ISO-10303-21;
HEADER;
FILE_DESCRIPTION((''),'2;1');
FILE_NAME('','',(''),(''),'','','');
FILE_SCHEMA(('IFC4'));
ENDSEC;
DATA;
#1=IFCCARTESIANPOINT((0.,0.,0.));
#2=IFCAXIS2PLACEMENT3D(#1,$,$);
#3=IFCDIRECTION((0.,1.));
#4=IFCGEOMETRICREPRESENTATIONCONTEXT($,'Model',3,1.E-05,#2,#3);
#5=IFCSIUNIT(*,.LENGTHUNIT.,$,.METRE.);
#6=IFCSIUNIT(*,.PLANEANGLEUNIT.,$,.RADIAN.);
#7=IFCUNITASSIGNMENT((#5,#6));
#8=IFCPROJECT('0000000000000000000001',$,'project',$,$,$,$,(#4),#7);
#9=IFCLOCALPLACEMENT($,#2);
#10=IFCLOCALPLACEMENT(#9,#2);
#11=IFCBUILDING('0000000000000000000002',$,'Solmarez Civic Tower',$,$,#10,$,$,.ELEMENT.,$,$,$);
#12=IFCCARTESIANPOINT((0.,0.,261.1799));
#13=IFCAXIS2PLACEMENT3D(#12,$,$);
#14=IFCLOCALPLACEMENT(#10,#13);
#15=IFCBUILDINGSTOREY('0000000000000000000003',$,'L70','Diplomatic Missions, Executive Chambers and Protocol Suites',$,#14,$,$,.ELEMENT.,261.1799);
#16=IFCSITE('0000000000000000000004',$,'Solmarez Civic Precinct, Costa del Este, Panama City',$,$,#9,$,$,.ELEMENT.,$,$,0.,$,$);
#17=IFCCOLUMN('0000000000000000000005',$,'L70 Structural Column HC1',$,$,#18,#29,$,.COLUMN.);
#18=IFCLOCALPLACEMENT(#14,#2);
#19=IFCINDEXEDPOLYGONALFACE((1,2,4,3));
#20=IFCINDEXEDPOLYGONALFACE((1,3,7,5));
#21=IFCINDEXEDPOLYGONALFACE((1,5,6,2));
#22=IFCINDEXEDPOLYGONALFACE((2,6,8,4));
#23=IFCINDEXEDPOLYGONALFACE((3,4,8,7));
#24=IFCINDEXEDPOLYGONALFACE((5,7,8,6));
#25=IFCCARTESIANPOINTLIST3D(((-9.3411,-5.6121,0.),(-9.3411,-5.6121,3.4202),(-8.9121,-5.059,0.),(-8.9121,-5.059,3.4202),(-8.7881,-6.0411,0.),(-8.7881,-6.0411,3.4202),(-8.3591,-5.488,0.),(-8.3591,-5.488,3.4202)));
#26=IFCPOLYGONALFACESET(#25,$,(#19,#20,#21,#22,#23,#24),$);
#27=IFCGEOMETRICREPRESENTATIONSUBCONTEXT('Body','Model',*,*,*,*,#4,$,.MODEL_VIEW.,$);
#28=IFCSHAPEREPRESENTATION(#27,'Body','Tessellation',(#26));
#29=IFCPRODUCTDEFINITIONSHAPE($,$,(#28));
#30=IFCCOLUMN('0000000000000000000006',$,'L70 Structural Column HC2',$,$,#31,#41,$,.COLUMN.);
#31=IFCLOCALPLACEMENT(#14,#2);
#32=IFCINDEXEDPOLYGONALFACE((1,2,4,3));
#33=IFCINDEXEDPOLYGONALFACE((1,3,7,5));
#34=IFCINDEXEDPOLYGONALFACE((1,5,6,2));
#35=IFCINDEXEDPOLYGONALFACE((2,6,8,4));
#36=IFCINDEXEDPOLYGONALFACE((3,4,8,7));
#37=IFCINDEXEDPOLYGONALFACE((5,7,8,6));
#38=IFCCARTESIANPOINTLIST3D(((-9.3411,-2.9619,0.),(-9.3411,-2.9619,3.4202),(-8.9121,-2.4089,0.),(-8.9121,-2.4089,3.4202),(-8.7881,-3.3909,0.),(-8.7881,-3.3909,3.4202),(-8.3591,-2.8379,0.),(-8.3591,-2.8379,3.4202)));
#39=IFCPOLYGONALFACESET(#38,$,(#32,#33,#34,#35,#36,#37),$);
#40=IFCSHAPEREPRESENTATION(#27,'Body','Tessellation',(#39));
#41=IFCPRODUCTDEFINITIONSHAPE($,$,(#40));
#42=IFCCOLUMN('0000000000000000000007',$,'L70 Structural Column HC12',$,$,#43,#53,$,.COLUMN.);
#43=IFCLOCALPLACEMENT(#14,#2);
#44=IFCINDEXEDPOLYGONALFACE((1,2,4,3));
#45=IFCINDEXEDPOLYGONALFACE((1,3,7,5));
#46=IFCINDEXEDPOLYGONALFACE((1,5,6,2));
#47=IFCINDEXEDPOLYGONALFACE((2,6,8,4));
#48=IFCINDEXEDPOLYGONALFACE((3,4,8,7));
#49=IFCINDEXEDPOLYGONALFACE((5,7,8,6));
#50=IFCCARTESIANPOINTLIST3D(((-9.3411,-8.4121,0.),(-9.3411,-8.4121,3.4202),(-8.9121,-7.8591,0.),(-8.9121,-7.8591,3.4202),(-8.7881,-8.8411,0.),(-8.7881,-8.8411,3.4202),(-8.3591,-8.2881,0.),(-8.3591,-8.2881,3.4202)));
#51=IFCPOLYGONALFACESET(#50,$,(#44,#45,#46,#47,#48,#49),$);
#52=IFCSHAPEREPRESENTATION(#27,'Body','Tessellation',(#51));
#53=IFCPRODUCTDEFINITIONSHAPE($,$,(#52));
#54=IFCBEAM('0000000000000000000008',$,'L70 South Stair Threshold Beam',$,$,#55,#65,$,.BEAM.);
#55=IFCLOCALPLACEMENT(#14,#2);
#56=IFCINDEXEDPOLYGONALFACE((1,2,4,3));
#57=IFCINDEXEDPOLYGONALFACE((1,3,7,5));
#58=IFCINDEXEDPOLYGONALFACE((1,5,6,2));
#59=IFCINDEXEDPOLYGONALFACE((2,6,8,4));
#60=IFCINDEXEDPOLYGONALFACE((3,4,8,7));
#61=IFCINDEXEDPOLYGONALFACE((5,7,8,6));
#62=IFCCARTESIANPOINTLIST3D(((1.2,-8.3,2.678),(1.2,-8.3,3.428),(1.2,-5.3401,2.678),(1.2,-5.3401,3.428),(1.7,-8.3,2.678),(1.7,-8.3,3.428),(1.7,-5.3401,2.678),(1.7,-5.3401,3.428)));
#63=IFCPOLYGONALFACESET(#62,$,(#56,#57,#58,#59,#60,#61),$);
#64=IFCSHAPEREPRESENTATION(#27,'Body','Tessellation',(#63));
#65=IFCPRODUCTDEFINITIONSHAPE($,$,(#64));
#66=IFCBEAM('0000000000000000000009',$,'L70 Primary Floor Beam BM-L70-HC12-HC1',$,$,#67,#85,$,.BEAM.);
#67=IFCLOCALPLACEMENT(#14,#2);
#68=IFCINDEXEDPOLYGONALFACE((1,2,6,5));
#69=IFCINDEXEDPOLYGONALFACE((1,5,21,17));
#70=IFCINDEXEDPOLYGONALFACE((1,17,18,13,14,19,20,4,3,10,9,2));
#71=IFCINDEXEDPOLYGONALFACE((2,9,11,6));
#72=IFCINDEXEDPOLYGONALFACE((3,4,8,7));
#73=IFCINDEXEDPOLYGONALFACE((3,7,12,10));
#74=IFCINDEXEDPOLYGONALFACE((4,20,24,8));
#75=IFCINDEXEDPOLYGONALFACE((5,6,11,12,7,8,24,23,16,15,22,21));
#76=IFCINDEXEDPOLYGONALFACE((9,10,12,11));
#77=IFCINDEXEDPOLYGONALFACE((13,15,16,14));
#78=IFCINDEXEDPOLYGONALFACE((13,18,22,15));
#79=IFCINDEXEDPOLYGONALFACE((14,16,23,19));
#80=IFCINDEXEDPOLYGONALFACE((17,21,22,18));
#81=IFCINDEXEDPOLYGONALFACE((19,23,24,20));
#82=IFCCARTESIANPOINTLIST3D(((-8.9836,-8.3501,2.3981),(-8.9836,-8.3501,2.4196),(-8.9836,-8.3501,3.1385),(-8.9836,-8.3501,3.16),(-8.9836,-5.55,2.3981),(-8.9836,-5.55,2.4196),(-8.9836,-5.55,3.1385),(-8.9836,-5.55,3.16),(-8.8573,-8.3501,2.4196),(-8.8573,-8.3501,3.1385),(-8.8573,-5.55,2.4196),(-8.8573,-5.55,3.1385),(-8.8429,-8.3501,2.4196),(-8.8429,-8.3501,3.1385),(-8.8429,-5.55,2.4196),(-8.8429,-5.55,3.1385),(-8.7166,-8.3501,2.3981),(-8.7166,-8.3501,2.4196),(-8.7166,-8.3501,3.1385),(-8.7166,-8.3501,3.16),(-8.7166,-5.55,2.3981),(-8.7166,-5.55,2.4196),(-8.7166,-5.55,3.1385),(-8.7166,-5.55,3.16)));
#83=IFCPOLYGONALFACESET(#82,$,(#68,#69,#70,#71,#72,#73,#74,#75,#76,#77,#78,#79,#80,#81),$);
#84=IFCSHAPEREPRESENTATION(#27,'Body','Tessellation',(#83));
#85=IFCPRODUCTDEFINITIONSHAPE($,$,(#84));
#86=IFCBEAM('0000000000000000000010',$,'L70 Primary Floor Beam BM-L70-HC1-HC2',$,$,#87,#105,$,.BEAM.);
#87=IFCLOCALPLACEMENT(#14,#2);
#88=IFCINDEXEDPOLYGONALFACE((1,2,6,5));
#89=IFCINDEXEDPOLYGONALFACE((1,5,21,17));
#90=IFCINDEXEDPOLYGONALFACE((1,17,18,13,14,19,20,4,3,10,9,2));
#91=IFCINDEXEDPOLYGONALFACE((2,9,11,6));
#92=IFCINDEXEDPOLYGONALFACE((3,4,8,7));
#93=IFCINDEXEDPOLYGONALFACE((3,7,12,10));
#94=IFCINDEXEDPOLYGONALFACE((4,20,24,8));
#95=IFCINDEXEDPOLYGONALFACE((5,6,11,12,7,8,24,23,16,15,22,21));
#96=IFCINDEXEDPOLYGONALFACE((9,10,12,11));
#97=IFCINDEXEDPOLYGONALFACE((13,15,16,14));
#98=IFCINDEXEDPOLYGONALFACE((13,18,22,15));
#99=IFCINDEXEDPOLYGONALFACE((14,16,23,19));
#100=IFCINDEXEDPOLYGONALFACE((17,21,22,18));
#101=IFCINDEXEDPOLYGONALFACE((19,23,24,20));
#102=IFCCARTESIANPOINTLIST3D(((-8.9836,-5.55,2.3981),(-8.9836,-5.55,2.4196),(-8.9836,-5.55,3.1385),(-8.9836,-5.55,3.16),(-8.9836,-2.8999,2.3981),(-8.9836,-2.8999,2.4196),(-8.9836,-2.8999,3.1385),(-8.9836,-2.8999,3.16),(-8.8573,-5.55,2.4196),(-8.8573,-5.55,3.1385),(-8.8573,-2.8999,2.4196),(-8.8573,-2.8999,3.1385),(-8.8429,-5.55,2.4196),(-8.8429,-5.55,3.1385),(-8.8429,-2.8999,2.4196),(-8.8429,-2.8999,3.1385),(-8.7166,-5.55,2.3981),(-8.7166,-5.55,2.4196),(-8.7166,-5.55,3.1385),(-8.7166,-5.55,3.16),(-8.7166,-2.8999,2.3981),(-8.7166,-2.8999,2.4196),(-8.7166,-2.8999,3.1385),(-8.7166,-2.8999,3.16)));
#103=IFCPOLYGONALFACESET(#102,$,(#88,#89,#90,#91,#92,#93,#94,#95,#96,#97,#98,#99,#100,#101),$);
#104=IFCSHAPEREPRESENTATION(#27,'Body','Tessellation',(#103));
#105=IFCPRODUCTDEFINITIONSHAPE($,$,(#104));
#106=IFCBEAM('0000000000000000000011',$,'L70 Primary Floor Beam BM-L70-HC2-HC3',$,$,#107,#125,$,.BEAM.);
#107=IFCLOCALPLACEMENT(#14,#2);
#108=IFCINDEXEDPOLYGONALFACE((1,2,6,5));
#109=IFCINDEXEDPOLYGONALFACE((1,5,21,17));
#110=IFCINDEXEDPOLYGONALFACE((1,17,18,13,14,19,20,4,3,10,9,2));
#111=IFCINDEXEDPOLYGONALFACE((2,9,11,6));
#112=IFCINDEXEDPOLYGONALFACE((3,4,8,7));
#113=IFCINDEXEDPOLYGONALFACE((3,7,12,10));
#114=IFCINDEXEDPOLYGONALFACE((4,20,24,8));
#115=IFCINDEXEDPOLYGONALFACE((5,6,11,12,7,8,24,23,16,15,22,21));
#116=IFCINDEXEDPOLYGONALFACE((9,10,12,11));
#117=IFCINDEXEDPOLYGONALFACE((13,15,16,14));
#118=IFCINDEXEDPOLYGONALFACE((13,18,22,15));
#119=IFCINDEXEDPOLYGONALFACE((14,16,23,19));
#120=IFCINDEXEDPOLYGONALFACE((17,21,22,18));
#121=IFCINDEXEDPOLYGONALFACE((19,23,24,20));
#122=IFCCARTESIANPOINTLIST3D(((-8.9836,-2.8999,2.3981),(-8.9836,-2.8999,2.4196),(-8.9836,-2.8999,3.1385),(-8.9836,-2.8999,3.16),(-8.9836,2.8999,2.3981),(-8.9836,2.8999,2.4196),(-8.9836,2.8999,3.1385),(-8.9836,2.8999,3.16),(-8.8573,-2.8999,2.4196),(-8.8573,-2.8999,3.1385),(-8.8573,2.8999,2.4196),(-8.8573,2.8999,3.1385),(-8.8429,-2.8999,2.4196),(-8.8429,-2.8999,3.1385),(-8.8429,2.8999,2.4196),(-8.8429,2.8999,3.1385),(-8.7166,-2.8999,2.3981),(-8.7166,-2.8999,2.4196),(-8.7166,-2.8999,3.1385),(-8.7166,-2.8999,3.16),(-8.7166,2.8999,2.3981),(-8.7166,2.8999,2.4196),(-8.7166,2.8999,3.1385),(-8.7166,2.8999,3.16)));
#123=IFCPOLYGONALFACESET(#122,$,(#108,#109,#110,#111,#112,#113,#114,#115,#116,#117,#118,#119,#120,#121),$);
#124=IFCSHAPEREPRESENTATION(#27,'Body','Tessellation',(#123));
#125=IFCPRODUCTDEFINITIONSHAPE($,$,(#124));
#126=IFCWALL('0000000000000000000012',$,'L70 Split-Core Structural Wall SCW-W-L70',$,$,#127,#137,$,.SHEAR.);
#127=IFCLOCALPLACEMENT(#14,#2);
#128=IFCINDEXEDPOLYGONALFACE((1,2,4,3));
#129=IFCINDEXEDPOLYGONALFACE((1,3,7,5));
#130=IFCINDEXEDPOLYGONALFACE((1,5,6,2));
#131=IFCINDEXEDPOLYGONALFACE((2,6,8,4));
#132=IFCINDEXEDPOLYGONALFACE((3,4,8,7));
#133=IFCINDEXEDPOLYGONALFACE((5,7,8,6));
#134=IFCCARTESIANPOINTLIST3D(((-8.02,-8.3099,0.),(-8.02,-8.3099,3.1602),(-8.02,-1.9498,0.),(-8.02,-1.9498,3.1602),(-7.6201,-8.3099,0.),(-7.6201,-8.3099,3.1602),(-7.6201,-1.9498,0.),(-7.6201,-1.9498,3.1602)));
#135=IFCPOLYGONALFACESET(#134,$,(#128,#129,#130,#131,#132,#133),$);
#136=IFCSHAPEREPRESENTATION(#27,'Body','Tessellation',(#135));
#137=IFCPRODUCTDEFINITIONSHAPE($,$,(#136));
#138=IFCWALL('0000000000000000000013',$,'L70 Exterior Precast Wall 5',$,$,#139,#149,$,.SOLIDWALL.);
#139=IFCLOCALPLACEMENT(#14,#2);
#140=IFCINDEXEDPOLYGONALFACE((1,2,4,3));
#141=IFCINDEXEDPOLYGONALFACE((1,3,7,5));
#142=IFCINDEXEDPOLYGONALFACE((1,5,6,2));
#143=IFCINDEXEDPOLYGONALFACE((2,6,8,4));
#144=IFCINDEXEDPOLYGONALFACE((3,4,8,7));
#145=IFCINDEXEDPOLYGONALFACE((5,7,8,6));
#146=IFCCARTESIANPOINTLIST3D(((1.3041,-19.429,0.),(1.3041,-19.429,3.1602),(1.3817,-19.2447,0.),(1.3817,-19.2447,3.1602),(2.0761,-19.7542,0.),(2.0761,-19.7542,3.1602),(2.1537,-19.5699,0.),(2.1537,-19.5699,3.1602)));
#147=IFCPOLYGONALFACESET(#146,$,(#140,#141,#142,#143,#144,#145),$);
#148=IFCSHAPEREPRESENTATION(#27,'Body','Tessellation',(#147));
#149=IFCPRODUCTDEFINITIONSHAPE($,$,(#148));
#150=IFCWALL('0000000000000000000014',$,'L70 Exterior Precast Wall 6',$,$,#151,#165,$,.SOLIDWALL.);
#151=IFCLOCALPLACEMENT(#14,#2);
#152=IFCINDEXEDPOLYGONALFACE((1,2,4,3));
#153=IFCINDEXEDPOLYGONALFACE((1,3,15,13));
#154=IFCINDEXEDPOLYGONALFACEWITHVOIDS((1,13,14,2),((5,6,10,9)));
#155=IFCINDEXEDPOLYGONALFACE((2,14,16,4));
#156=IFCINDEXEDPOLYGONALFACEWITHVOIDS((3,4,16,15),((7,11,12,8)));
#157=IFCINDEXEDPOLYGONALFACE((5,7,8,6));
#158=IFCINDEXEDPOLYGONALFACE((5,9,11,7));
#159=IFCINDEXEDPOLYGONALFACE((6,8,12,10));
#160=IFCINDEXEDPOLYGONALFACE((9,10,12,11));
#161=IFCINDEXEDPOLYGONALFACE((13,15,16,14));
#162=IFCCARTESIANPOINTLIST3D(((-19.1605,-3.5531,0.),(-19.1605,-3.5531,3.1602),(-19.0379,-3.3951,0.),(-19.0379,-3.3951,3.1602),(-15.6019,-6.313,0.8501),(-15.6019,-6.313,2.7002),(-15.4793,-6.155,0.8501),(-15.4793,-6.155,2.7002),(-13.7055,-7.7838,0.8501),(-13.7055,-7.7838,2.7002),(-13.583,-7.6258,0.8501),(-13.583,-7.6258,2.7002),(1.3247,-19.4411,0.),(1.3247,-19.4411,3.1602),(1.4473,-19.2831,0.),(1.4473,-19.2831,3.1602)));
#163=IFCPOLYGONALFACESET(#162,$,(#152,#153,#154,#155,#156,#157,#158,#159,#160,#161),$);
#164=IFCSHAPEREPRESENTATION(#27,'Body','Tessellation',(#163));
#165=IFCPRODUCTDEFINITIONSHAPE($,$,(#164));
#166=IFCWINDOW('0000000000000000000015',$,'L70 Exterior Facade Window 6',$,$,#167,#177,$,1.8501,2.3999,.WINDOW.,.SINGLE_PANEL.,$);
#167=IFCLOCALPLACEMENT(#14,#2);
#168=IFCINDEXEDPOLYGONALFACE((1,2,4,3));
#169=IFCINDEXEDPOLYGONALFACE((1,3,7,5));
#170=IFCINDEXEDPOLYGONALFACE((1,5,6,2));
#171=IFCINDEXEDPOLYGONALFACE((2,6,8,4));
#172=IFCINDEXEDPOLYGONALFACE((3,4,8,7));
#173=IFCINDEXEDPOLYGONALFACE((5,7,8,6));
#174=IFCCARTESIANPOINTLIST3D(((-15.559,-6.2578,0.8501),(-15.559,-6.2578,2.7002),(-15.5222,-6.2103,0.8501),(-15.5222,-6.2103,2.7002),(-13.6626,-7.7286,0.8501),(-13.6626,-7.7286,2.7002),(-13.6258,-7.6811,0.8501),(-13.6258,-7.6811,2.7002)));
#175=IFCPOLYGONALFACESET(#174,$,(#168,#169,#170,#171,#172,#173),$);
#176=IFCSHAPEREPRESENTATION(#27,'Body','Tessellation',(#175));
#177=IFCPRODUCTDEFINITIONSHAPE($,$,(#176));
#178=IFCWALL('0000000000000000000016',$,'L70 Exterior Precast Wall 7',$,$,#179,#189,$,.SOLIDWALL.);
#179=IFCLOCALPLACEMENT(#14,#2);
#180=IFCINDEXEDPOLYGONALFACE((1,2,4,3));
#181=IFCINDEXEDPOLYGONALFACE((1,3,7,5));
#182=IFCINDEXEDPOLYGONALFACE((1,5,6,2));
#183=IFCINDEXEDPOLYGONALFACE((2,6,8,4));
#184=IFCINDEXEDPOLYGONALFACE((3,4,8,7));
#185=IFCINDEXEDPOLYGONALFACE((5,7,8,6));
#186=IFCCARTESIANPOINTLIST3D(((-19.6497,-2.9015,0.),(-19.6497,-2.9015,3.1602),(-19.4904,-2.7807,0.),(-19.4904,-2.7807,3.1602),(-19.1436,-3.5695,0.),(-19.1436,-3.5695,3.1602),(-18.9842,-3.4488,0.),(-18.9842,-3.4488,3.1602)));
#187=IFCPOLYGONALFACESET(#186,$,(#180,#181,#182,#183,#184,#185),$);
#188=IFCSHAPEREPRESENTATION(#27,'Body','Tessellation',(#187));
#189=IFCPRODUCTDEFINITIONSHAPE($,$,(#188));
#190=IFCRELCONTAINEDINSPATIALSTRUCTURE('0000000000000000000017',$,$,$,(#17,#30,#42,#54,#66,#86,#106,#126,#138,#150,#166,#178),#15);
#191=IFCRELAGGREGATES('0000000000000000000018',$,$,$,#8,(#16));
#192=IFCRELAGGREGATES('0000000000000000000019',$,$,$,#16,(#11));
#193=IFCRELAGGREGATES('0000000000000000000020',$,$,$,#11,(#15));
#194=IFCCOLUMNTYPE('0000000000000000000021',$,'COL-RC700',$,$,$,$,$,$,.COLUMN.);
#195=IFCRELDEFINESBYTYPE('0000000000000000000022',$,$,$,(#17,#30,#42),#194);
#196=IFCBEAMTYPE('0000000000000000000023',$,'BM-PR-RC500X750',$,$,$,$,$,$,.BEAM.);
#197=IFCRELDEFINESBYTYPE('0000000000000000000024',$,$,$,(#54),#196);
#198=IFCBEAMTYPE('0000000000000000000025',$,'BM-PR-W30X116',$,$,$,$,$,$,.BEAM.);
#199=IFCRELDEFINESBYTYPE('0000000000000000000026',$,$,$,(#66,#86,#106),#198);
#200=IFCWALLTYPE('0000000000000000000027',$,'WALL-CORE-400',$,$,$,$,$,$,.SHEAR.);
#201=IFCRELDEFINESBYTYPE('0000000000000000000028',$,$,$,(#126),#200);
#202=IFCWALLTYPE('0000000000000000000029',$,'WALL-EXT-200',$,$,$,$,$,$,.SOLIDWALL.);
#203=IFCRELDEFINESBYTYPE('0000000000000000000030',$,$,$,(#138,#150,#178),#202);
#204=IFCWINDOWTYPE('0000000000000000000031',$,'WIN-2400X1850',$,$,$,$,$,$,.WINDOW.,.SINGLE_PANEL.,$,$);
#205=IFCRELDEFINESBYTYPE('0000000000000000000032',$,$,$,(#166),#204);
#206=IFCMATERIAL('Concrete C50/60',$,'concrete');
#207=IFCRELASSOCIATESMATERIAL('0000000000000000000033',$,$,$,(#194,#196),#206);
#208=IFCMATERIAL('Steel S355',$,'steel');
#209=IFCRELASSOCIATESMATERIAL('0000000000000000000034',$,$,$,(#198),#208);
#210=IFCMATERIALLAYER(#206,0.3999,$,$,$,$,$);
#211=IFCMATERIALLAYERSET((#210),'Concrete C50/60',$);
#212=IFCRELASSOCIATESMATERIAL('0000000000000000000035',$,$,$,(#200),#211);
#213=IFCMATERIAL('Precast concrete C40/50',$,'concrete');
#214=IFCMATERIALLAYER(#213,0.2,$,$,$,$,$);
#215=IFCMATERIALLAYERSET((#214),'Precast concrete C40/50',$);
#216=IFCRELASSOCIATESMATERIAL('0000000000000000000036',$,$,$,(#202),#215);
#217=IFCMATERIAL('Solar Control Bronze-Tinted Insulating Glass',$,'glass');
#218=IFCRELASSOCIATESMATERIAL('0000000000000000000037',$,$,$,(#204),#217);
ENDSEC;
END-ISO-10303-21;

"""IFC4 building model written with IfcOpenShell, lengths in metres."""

from ifc_helpers import new_model, si_unit, direction, frame, frame_2d, origin, origin_2d, place, context, subcontext, project, spatial, rectangle, i_section, extrude, material, layer, layer_set, material_profile, profile_set, type_object, element, fill, save


model = new_model("IFC4")

# Units and contexts
model_context = context("Model", 3, precision=1e-05, world=origin(), true_north=direction((0.0, 1.0)))
body_context = subcontext(model_context, "Body", "Model", "MODEL_VIEW")
ifc_project = project(units=[si_unit("LENGTHUNIT", "METRE"), si_unit("PLANEANGLEUNIT", "RADIAN")], contexts=[model_context])

# Site, building, storey
site_placement = place(None, origin())
site = spatial("IfcSite", under=ifc_project, at=site_placement, Name="Solmarez Civic Precinct, Costa del Este, Panama City", CompositionType="ELEMENT", RefElevation=0.0)
building_placement = place(site_placement, origin())
building = spatial("IfcBuilding", under=site, at=building_placement, Name="Solmarez Civic Tower", CompositionType="ELEMENT")
storey_placement = place(building_placement, frame((0.0, 0.0, 261.1799)))
storey = spatial("IfcBuildingStorey", under=building, at=storey_placement, Name="L70", Description="Diplomatic Missions, Executive Chambers and Protocol Suites", CompositionType="ELEMENT", Elevation=261.1799)

# Columns
ifc_material_1 = material(Name="Concrete C50/60", Category="concrete")
ifc_material_profile_1 = material_profile(ifc_material_1, rectangle(XDim=0.7, YDim=0.7, at=origin_2d()), Name="RC700X700")
ifc_profile_set_1 = profile_set([ifc_material_profile_1], Name="Concrete C50/60")
column_type = type_object("IfcColumnType", Name="COL-RC700", PredefinedType="COLUMN", material=ifc_profile_set_1)
for number, where, z_axis, x_axis, name in (
    (1, (-8.8501, -5.55, 0.0), (0.0, 0.0, 1.0), (0.612907, 0.790155, 0.0), "L70 Structural Column HC1"),
    (2, (-8.8501, -2.8999, 0.0), (0.0, 0.0, 1.0), (0.612907, 0.790155, 0.0), "L70 Structural Column HC2"),
    (3, (-8.8501, -8.3501, 0.0), (0.0, 0.0, 1.0), (0.612907, 0.790155, 0.0), "L70 Structural Column HC12"),
):
    element("IfcColumn", number, at=place(storey_placement, frame(where, z_axis=z_axis, x_axis=x_axis)), inside=storey, type_object=column_type, Name=name, PredefinedType="COLUMN", context=body_context, shape_type="SweptSolid", body=[
        extrude(rectangle(XDim=0.7, YDim=0.7, at=origin_2d()), origin(), (0.0, 0.0, 1.0), 3.4202),
    ])

# Beams
ifc_material_profile_2 = material_profile(ifc_material_1, rectangle(XDim=0.5, YDim=0.75, at=origin_2d()), Name="RC500X750")
ifc_profile_set_2 = profile_set([ifc_material_profile_2], Name="Concrete C50/60")
beam_type_1 = type_object("IfcBeamType", Name="BM-PR-RC500X750", PredefinedType="BEAM", material=ifc_profile_set_2)
beam_1_placement = place(storey_placement, frame((1.45, -8.3, 3.053), z_axis=(0.0, 1.0, 0.0), x_axis=(-1.0, 0.0, 0.0)))
element("IfcBeam", 4, at=beam_1_placement, inside=storey, type_object=beam_type_1, Name="L70 South Stair Threshold Beam", PredefinedType="BEAM", context=body_context, shape_type="SweptSolid", body=[
    extrude(rectangle(XDim=0.5, YDim=0.75, at=origin_2d()), origin(), (0.0, 0.0, 1.0), 2.96),
])
ifc_material_2 = material(Name="Steel S355", Category="steel")
ifc_material_profile_3 = material_profile(ifc_material_2, i_section(OverallWidth=0.2671, OverallDepth=0.762, WebThickness=0.0144, FlangeThickness=0.0215, at=origin_2d()), Name="W30X116")
ifc_profile_set_3 = profile_set([ifc_material_profile_3], Name="Steel S355")
beam_type_2 = type_object("IfcBeamType", Name="BM-PR-W30X116", PredefinedType="BEAM", material=ifc_profile_set_3)
beam_2_placement = place(storey_placement, frame((-8.8501, -8.3501, 2.7791), z_axis=(0.0, 1.0, 0.0), x_axis=(-1.0, 0.0, 0.0)))
element("IfcBeam", 5, at=beam_2_placement, inside=storey, type_object=beam_type_2, Name="L70 Primary Floor Beam BM-L70-HC12-HC1", PredefinedType="BEAM", context=body_context, shape_type="SweptSolid", body=[
    extrude(i_section(OverallWidth=0.2671, OverallDepth=0.762, WebThickness=0.0144, FlangeThickness=0.0215, at=origin_2d()), origin(), (0.0, 0.0, 1.0), 2.8),
])
beam_3_placement = place(storey_placement, frame((-8.8501, -5.55, 2.7791), z_axis=(0.0, 1.0, 0.0), x_axis=(-1.0, 0.0, 0.0)))
element("IfcBeam", 6, at=beam_3_placement, inside=storey, type_object=beam_type_2, Name="L70 Primary Floor Beam BM-L70-HC1-HC2", PredefinedType="BEAM", context=body_context, shape_type="SweptSolid", body=[
    extrude(i_section(OverallWidth=0.2671, OverallDepth=0.762, WebThickness=0.0144, FlangeThickness=0.0215, at=origin_2d()), origin(), (0.0, 0.0, 1.0), 2.6501),
])
beam_4_placement = place(storey_placement, frame((-8.8501, -2.8999, 2.7791), z_axis=(0.0, 1.0, 0.0), x_axis=(-1.0, 0.0, 0.0)))
element("IfcBeam", 7, at=beam_4_placement, inside=storey, type_object=beam_type_2, Name="L70 Primary Floor Beam BM-L70-HC2-HC3", PredefinedType="BEAM", context=body_context, shape_type="SweptSolid", body=[
    extrude(i_section(OverallWidth=0.2671, OverallDepth=0.762, WebThickness=0.0144, FlangeThickness=0.0215, at=origin_2d()), origin(), (0.0, 0.0, 1.0), 5.7998),
])

# Walls
ifc_layer_1 = layer(ifc_material_1, 0.3999)
ifc_layer_set_1 = layer_set([ifc_layer_1], Name="Concrete C50/60")
wall_type_1 = type_object("IfcWallType", Name="WALL-CORE-400", PredefinedType="SHEAR", material=ifc_layer_set_1)
wall_1_placement = place(storey_placement, frame((-7.8201, -8.3101, 0.0), z_axis=(0.0, 0.0, 1.0), x_axis=(0.0, 1.0, 0.0)))
element("IfcWall", 8, at=wall_1_placement, inside=storey, type_object=wall_type_1, Name="L70 Split-Core Structural Wall SCW-W-L70", PredefinedType="SHEAR", context=body_context, shape_type="SweptSolid", body=[
    extrude(rectangle(XDim=6.3601, YDim=0.3999, at=frame_2d((3.1802, 0.0))), origin(), (0.0, 0.0, 1.0), 3.1602),
])
ifc_material_3 = material(Name="Precast concrete C40/50", Category="concrete")
ifc_layer_2 = layer(ifc_material_3, 0.2)
ifc_layer_set_2 = layer_set([ifc_layer_2], Name="Precast concrete C40/50")
wall_type_2 = type_object("IfcWallType", Name="WALL-EXT-200", PredefinedType="SOLIDWALL", material=ifc_layer_set_2)
wall_2_placement = place(storey_placement, frame((2.115, -19.6621, 0.0), z_axis=(0.0, 0.0, 1.0), x_axis=(-0.92157, 0.388213, 0.0)))
element("IfcWall", 9, at=wall_2_placement, inside=storey, type_object=wall_type_2, Name="L70 Exterior Precast Wall 5", PredefinedType="SOLIDWALL", context=body_context, shape_type="SweptSolid", body=[
    extrude(rectangle(XDim=0.8376, YDim=0.2, at=frame_2d((0.4189, 0.0))), origin(), (0.0, 0.0, 1.0), 3.1602),
])

# Wall, opening, window
wall_3_placement = place(storey_placement, frame((1.386, -19.3621, 0.0), z_axis=(0.0, 0.0, 1.0), x_axis=(-0.790191, 0.61286, 0.0)))
wall_3 = element("IfcWall", 10, at=wall_3_placement, inside=storey, type_object=wall_type_2, Name="L70 Exterior Precast Wall 6", PredefinedType="SOLIDWALL", context=body_context, shape_type="SweptSolid", body=[
    extrude(rectangle(XDim=25.9243, YDim=0.2, at=frame_2d((12.9622, 0.0))), origin(), (0.0, 0.0, 1.0), 3.1602),
])
opening_1_placement = place(wall_3_placement, frame((19.021, 0.0, 0.8501)))
opening_1 = element("IfcOpeningElement", 11, at=opening_1_placement, cuts=wall_3, PredefinedType="OPENING", context=body_context, shape_type="SweptSolid", body=[
    extrude(rectangle(XDim=2.3999, YDim=1.8501, at=frame_2d((1.2, 0.925))), frame((0.0, 0.1099, 0.0), z_axis=(0.0, -1.0, 0.0), x_axis=(1.0, 0.0, 0.0)), (0.0, 0.0, 1.0), 0.22),
])
ifc_material_4 = material(Name="Solar Control Bronze-Tinted Insulating Glass", Category="glass")
window_type = type_object("IfcWindowType", Name="WIN-2400X1850", PartitioningType="SINGLE_PANEL", PredefinedType="WINDOW", material=ifc_material_4)
window_placement = place(opening_1_placement, origin())
window = element("IfcWindow", 12, at=window_placement, inside=storey, type_object=window_type, Name="L70 Exterior Facade Window 6", OverallHeight=1.8501, OverallWidth=2.3999, PartitioningType="SINGLE_PANEL", PredefinedType="WINDOW", context=body_context, shape_type="SweptSolid", body=[
    extrude(rectangle(XDim=2.3999, YDim=1.8501, at=frame_2d((1.2, 0.925))), frame((0.0, 0.03, 0.0), z_axis=(0.0, -1.0, 0.0), x_axis=(1.0, 0.0, 0.0)), (0.0, 0.0, 1.0), 0.0601),
])
fill(opening_1, window)

# Wall
wall_4_placement = place(storey_placement, frame((-19.064, -3.509, 0.0), z_axis=(0.0, 0.0, 1.0), x_axis=(-0.603908, 0.797054, 0.0)))
element("IfcWall", 13, at=wall_4_placement, inside=storey, type_object=wall_type_2, Name="L70 Exterior Precast Wall 7", PredefinedType="SOLIDWALL", context=body_context, shape_type="SweptSolid", body=[
    extrude(rectangle(XDim=0.8381, YDim=0.2, at=frame_2d((0.4189, 0.0))), origin(), (0.0, 0.0, 1.0), 3.1602),
])

save(model, "model.ifc")
